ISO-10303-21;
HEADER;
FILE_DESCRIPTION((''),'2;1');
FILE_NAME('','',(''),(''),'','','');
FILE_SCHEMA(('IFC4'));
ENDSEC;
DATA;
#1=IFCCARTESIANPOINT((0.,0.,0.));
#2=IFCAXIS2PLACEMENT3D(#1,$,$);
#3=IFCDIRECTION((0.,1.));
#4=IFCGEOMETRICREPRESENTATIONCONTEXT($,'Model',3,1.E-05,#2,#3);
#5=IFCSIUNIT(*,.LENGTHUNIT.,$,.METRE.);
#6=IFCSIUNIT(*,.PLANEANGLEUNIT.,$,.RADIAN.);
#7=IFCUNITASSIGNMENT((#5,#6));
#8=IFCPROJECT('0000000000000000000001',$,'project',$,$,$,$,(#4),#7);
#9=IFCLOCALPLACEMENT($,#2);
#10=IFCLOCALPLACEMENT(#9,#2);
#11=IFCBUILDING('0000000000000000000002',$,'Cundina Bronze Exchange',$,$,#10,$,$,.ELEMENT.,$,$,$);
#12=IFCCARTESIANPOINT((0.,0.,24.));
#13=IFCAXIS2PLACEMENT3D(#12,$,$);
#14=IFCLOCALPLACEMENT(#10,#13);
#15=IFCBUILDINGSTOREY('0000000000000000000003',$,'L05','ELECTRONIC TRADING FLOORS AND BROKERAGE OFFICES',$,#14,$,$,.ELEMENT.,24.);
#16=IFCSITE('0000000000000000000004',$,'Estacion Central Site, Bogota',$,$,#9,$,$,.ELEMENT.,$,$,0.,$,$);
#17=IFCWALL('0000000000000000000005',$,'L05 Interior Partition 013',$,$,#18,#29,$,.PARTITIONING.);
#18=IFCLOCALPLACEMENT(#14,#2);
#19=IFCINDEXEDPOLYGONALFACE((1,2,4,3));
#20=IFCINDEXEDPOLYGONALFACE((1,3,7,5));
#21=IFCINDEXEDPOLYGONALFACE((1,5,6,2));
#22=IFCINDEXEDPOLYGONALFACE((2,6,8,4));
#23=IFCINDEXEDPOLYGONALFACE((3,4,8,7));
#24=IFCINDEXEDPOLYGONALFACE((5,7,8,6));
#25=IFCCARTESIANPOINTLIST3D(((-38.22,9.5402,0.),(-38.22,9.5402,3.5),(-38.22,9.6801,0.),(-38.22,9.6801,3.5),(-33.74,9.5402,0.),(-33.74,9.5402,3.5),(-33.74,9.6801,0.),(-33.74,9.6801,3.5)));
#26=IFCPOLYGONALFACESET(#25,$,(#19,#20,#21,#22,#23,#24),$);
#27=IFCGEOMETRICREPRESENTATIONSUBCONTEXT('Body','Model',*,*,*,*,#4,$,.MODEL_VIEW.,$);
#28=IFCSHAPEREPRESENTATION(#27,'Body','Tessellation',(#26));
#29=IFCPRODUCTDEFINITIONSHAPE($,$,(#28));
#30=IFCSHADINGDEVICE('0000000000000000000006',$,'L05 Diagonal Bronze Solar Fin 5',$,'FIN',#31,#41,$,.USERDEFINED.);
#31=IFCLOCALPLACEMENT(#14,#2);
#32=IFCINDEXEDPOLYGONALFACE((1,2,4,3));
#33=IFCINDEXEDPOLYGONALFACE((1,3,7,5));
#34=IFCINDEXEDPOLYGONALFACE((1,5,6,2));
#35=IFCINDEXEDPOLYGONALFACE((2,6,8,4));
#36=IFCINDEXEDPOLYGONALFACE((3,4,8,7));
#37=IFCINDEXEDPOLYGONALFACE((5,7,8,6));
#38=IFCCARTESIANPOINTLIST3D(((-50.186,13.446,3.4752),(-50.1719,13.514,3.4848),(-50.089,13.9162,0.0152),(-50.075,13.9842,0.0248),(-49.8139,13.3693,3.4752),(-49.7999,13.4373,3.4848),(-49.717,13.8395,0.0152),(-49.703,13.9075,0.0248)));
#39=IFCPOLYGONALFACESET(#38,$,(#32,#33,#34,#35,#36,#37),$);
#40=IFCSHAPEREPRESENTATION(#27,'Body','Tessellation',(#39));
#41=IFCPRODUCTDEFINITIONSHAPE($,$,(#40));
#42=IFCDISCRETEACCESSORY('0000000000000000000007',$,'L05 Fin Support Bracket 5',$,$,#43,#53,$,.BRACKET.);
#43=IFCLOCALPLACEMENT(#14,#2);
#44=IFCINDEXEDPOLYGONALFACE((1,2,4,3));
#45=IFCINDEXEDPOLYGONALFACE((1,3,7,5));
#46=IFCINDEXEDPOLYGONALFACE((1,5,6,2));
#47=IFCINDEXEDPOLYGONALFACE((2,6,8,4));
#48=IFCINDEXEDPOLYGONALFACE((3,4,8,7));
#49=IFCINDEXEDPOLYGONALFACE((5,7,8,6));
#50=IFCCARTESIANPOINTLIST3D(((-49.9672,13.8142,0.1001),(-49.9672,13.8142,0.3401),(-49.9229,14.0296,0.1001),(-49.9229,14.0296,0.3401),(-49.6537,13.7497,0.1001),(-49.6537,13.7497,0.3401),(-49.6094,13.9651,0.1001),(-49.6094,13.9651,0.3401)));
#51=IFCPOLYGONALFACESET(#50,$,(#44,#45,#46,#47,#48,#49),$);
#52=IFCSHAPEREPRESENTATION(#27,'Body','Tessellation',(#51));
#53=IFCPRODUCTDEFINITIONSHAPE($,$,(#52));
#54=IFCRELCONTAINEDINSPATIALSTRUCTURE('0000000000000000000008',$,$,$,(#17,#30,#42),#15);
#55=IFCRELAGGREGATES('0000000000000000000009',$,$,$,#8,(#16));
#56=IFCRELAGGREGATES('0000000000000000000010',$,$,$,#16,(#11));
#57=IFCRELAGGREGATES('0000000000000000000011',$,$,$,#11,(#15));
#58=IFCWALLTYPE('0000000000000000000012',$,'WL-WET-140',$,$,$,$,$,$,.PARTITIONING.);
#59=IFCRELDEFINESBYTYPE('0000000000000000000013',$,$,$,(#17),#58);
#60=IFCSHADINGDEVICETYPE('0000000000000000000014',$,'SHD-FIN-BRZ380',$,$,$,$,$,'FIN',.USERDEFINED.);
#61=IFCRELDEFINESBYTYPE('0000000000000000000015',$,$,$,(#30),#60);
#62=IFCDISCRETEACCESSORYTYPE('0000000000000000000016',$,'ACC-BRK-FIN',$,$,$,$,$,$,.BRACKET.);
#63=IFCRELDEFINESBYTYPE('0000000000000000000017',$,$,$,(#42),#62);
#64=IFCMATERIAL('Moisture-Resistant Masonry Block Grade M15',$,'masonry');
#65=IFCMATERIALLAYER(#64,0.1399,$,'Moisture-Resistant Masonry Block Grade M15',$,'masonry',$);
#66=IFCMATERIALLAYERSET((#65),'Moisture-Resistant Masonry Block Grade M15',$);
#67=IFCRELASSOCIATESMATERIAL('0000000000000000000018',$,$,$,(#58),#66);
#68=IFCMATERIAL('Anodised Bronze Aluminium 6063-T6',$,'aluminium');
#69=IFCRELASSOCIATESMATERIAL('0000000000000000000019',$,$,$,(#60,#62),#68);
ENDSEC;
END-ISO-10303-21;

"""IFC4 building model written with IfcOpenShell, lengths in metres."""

from ifc_helpers import new_model, si_unit, direction, frame, frame_2d, origin, origin_2d, place, context, subcontext, project, spatial, rectangle, extrude, material, layer, layer_set, material_profile, profile_set, type_object, element, save


model = new_model("IFC4")

# Units and contexts
model_context = context("Model", 3, precision=1e-05, world=origin(), true_north=direction((0.0, 1.0)))
body_context = subcontext(model_context, "Body", "Model", "MODEL_VIEW")
ifc_project = project(units=[si_unit("LENGTHUNIT", "METRE"), si_unit("PLANEANGLEUNIT", "RADIAN")], contexts=[model_context])

# Site, building, storey
site_placement = place(None, origin())
site = spatial("IfcSite", under=ifc_project, at=site_placement, Name="Estacion Central Site, Bogota", CompositionType="ELEMENT", RefElevation=0.0)
building_placement = place(site_placement, origin())
building = spatial("IfcBuilding", under=site, at=building_placement, Name="Cundina Bronze Exchange", CompositionType="ELEMENT")
storey_placement = place(building_placement, frame((0.0, 0.0, 24.0)))
storey = spatial("IfcBuildingStorey", under=building, at=storey_placement, Name="L05", Description="ELECTRONIC TRADING FLOORS AND BROKERAGE OFFICES", CompositionType="ELEMENT", Elevation=24.0)

# Shared definitions
ifc_material_1 = material(Name="Anodised Bronze Aluminium 6063-T6", Category="aluminium")

# Wall
ifc_material_2 = material(Name="Moisture-Resistant Masonry Block Grade M15", Category="masonry")
ifc_layer_1 = layer(ifc_material_2, 0.1399, Name="Moisture-Resistant Masonry Block Grade M15", Category="masonry")
ifc_layer_set_1 = layer_set([ifc_layer_1], Name="Moisture-Resistant Masonry Block Grade M15")
wall_type_1 = type_object("IfcWallType", Name="WL-WET-140", PredefinedType="PARTITIONING", material=ifc_layer_set_1)
for number, where, z_axis, x_axis, name in (
    (1, (-38.22, 9.6101, 0.0), (0.0, 0.0, 1.0), (1.0, 0.0, 0.0), "L05 Interior Partition 013"),
):
    element("IfcWall", number, at=place(storey_placement, frame(where, z_axis=z_axis, x_axis=x_axis)), inside=storey, type_object=wall_type_1, Name=name, PredefinedType="PARTITIONING", context=body_context, shape_type="SweptSolid", body=[
        extrude(rectangle(XDim=4.48, YDim=0.1399, at=frame_2d((2.24, 0.0))), origin(), (0.0, 0.0, 1.0), 3.5),
    ])

# Shading device
ifc_material_profile_1 = material_profile(ifc_material_1, rectangle(XDim=0.0701, YDim=0.3799, at=origin_2d()), Name="FIN70X380", Category="aluminium")
ifc_profile_set_1 = profile_set([ifc_material_profile_1], Name="Anodised Bronze Aluminium 6063-T6")
shading_device_type = type_object("IfcShadingDeviceType", Name="SHD-FIN-BRZ380", ElementType="FIN", PredefinedType="USERDEFINED", material=ifc_profile_set_1)
shading_device_placement = place(storey_placement, frame((-49.896, 13.9119, 0.02), z_axis=(-0.027747, -0.134612, 0.99051), x_axis=(0.199967, 0.970115, 0.137442)))
element("IfcShadingDevice", 2, at=shading_device_placement, inside=storey, type_object=shading_device_type, Name="L05 Diagonal Bronze Solar Fin 5", ObjectType="FIN", PredefinedType="USERDEFINED", context=body_context, shape_type="SweptSolid", body=[
    extrude(rectangle(XDim=0.0701, YDim=0.3799, at=origin_2d()), origin(), (0.0, 0.0, 1.0), 3.4932),
])

# Discrete accessory
discrete_accessory_type = type_object("IfcDiscreteAccessoryType", Name="ACC-BRK-FIN", PredefinedType="BRACKET", material=ifc_material_1)
discrete_accessory_placement = place(storey_placement, frame((-49.7883, 13.8896, 0.1001), z_axis=(0.0, 0.0, 1.0), x_axis=(-0.20142, -0.979505, 0.0)))
element("IfcDiscreteAccessory", 3, at=discrete_accessory_placement, inside=storey, type_object=discrete_accessory_type, Name="L05 Fin Support Bracket 5", PredefinedType="BRACKET", context=body_context, shape_type="SweptSolid", body=[
    extrude(rectangle(XDim=0.22, YDim=0.3201, at=origin_2d()), origin(), (0.0, 0.0, 1.0), 0.24),
])

save(model, "model.ifc")
